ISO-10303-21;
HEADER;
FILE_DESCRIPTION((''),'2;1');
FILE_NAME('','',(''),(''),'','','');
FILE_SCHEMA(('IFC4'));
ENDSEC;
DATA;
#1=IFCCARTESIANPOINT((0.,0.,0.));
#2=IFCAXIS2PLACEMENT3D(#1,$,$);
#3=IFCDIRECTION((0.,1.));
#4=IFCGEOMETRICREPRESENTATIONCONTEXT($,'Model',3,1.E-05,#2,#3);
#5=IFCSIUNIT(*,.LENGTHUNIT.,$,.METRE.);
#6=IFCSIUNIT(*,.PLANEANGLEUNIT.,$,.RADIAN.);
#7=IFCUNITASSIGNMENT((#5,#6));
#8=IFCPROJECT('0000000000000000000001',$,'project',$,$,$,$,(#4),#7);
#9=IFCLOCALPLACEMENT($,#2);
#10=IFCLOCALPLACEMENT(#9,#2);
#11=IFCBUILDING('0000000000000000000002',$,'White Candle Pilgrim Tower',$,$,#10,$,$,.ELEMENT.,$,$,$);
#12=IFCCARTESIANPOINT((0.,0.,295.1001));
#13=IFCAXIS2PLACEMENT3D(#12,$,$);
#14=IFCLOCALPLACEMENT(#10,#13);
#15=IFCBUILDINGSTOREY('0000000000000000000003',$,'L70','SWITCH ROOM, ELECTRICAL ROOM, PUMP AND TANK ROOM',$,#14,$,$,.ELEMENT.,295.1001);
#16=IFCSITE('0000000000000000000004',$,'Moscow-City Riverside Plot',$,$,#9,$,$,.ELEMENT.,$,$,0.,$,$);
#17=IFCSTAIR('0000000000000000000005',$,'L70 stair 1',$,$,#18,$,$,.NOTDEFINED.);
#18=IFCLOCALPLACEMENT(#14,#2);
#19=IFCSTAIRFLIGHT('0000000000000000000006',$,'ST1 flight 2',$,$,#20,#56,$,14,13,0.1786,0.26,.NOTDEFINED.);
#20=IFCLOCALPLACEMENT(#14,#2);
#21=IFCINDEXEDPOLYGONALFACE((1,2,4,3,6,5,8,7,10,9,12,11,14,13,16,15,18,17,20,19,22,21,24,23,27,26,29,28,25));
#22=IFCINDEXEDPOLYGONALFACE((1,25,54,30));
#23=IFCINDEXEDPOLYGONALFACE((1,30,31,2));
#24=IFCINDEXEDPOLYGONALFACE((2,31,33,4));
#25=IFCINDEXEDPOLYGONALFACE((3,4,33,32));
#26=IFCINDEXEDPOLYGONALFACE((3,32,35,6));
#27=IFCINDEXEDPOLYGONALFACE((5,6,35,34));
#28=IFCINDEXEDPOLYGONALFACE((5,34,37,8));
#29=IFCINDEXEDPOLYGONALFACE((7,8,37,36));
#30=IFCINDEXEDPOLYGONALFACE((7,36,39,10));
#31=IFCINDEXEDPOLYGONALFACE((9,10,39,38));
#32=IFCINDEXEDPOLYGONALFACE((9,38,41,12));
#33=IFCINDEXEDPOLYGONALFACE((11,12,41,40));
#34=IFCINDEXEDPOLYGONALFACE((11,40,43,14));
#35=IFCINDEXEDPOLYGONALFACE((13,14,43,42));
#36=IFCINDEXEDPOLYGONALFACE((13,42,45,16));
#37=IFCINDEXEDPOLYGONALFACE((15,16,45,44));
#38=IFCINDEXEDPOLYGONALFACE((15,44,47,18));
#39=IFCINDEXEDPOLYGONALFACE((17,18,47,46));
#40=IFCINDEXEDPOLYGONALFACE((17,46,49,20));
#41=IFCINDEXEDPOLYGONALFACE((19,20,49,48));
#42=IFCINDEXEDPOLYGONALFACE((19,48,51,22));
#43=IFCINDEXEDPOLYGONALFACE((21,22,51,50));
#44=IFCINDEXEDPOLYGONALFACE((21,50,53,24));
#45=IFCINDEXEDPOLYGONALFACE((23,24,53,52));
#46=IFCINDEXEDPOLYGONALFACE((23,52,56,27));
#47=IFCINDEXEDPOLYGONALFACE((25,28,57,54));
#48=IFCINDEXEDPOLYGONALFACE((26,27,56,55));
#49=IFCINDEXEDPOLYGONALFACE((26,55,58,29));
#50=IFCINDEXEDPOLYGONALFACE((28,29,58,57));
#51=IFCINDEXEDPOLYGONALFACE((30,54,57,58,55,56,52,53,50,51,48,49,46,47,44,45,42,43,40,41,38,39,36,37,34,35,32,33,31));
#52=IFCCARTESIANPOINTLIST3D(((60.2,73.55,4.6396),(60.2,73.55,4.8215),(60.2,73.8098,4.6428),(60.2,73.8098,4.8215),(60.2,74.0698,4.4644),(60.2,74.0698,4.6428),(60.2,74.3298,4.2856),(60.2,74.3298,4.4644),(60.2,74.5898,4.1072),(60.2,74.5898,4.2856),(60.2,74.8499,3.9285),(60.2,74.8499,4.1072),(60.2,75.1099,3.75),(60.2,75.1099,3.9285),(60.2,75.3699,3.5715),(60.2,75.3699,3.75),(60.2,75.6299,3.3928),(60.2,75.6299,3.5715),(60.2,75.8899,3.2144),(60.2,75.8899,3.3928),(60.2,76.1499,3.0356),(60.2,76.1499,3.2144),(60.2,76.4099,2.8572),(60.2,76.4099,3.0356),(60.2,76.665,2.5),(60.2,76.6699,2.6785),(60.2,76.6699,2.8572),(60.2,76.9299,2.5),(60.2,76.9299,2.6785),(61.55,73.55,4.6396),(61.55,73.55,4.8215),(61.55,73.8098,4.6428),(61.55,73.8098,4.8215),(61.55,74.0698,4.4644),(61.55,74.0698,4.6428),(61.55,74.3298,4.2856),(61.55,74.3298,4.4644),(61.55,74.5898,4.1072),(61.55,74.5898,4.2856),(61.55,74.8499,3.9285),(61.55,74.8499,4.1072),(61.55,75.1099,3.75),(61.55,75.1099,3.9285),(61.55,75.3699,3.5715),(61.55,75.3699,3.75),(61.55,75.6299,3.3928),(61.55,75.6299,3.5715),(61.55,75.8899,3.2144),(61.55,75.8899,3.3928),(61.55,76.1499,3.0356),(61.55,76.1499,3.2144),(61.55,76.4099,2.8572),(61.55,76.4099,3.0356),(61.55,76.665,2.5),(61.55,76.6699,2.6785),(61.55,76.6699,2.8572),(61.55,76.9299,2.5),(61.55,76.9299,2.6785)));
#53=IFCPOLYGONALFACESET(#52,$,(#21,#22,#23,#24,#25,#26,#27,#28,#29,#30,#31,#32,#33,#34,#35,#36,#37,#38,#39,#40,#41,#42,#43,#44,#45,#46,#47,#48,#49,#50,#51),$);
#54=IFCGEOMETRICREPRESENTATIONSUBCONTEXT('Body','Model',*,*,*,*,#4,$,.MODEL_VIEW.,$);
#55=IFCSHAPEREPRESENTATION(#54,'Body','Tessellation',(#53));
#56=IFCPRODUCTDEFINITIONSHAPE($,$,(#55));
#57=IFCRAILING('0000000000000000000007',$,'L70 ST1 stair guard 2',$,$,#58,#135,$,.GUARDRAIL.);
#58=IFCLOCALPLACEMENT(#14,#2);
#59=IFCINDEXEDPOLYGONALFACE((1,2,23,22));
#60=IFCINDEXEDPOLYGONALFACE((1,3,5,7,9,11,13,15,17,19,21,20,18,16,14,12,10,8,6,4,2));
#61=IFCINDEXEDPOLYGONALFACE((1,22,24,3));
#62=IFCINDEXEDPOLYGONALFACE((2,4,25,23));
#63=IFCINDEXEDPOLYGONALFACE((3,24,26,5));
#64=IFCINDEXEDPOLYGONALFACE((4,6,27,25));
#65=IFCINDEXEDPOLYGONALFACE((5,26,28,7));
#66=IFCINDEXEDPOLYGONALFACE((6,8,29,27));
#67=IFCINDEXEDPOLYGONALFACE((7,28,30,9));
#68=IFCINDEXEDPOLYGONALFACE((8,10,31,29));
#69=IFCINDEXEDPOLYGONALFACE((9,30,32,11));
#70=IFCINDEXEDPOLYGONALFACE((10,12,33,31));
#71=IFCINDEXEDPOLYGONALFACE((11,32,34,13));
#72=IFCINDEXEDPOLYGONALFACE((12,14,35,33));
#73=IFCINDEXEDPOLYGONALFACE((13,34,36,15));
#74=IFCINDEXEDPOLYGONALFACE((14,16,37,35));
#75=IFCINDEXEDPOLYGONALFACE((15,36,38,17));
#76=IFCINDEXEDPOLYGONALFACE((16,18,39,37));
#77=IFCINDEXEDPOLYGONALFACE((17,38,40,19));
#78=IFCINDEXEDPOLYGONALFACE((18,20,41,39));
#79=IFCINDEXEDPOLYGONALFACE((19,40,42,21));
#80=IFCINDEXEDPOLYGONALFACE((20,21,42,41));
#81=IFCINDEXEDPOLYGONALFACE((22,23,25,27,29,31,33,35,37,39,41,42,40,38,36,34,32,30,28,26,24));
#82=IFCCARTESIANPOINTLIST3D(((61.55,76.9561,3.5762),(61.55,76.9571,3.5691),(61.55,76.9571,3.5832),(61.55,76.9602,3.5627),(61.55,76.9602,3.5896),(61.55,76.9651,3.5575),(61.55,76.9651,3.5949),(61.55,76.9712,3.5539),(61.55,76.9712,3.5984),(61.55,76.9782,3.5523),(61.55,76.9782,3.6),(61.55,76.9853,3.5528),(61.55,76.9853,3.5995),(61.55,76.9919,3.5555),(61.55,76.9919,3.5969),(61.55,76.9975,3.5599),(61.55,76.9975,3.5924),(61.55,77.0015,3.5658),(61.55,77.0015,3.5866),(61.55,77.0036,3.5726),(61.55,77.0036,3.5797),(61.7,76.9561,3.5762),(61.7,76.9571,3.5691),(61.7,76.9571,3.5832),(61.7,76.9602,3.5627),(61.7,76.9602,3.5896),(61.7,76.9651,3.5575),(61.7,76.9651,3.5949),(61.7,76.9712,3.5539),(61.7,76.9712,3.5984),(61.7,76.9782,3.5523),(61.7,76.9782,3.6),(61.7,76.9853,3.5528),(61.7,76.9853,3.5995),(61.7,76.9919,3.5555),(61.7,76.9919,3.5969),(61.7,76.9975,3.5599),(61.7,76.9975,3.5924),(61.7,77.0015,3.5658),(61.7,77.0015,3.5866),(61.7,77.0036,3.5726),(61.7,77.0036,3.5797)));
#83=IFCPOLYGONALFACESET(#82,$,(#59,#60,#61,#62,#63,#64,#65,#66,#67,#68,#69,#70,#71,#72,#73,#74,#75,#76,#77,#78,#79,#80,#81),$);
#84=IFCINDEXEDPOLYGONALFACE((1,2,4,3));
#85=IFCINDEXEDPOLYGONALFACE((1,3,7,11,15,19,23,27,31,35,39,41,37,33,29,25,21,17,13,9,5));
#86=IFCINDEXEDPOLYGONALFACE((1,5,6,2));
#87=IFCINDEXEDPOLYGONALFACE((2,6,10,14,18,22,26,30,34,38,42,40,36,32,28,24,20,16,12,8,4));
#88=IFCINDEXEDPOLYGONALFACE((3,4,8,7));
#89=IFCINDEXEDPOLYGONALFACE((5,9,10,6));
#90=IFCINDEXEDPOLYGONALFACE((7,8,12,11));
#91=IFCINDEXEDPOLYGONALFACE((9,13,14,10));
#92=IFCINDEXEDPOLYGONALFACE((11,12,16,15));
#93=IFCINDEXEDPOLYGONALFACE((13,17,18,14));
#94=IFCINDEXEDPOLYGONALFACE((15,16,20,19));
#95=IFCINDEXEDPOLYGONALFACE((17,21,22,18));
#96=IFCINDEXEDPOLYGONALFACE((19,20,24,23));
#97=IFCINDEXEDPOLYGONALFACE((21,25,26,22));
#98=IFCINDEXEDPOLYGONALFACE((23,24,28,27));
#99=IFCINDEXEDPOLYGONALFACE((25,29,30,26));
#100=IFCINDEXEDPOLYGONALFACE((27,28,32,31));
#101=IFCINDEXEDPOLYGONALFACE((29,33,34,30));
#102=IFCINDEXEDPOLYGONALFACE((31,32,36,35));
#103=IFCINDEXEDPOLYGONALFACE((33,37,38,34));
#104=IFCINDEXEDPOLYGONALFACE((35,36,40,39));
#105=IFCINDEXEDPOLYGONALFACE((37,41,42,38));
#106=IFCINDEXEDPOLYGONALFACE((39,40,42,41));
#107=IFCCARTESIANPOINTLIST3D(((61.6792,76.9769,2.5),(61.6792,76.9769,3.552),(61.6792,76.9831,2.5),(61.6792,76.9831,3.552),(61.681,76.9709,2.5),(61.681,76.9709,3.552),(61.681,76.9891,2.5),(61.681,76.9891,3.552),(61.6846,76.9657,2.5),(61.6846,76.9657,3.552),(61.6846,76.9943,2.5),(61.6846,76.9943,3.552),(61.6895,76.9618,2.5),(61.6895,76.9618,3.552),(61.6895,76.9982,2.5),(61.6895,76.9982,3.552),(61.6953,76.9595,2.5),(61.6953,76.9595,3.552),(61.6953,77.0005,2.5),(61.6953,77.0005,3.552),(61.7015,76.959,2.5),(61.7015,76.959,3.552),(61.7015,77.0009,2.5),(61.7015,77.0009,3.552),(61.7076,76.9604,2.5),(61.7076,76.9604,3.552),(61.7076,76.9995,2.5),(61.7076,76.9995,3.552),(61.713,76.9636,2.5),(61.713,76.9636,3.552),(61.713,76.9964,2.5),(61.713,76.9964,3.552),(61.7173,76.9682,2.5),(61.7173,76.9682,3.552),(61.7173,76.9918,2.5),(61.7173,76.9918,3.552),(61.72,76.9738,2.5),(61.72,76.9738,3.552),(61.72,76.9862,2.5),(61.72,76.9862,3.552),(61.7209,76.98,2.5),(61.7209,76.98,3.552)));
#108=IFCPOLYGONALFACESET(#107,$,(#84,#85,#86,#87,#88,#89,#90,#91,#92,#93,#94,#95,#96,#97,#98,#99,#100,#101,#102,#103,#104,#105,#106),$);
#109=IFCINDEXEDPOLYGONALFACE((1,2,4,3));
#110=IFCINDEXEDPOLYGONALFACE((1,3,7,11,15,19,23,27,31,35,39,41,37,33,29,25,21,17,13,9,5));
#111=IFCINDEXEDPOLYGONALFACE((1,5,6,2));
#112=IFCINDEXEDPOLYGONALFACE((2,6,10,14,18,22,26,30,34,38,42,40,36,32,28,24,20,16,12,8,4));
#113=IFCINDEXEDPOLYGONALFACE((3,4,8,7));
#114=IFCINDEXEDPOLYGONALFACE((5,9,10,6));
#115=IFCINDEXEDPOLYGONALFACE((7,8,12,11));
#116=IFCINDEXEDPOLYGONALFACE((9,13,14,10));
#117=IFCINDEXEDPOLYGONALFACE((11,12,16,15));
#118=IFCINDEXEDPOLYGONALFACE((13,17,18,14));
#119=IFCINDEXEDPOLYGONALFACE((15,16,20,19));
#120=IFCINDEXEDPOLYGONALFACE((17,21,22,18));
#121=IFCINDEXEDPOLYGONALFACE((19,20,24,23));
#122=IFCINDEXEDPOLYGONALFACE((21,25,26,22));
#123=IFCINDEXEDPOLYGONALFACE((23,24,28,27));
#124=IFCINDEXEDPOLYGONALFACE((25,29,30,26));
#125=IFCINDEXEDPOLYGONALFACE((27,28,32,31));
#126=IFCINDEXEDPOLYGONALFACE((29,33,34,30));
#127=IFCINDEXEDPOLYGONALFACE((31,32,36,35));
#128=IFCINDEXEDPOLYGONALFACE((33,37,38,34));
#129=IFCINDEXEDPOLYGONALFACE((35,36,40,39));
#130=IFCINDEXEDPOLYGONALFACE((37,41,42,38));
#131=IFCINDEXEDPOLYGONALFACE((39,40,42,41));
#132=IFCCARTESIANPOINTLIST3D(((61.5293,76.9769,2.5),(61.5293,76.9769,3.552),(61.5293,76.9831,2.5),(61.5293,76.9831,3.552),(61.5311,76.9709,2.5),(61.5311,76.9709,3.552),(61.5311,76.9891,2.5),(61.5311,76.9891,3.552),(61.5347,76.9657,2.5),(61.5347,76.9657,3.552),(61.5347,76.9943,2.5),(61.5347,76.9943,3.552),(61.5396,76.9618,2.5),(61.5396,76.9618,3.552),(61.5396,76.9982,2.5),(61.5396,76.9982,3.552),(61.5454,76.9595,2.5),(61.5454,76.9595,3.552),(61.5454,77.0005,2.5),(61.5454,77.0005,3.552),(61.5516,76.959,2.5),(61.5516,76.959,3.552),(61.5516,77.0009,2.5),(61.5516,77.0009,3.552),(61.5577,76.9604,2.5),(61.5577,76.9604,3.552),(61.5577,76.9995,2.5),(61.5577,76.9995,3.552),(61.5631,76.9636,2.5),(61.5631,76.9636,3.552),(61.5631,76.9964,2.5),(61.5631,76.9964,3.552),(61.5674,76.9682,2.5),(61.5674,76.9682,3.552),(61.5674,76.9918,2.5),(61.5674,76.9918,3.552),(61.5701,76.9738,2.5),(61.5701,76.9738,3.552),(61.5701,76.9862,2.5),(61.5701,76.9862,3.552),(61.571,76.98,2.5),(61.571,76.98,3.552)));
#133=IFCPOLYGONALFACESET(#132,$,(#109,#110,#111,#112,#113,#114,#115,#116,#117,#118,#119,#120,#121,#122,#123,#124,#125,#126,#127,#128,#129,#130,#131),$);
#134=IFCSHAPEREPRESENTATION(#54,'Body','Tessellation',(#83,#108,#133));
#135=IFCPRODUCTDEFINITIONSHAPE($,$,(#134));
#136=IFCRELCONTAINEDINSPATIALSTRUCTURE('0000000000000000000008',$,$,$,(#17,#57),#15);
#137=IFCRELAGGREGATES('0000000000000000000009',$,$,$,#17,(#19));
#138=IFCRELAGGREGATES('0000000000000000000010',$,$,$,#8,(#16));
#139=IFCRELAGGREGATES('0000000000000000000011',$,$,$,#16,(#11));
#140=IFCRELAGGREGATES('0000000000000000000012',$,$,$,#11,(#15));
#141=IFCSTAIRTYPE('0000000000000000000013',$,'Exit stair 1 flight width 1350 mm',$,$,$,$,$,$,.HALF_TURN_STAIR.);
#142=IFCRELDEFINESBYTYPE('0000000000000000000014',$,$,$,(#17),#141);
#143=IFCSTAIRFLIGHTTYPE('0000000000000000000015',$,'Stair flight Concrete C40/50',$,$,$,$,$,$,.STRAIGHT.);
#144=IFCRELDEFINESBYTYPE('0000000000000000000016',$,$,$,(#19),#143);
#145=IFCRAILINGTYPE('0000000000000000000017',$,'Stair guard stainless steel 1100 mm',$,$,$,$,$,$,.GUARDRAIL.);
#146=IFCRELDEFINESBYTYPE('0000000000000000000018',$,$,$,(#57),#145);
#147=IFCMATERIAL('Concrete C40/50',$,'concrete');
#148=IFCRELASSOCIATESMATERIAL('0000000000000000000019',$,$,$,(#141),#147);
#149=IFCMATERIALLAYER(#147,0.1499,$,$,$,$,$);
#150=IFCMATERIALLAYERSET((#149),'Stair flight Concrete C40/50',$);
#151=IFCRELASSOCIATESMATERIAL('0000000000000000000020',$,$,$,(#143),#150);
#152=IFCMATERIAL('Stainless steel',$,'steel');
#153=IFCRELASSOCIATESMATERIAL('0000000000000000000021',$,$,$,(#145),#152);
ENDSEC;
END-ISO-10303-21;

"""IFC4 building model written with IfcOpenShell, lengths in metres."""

from ifc_helpers import new_model, si_unit, direction, frame, origin, origin_2d, place, context, subcontext, project, spatial, polyline, circle, outline, extrude, material, layer, layer_set, type_object, element, aggregate, save


model = new_model("IFC4")

# Units and contexts
model_context = context("Model", 3, precision=1e-05, world=origin(), true_north=direction((0.0, 1.0)))
body_context = subcontext(model_context, "Body", "Model", "MODEL_VIEW")
ifc_project = project(units=[si_unit("LENGTHUNIT", "METRE"), si_unit("PLANEANGLEUNIT", "RADIAN")], contexts=[model_context])

# Site, building, storey
site_placement = place(None, origin())
site = spatial("IfcSite", under=ifc_project, at=site_placement, Name="Moscow-City Riverside Plot", CompositionType="ELEMENT", RefElevation=0.0)
building_placement = place(site_placement, origin())
building = spatial("IfcBuilding", under=site, at=building_placement, Name="White Candle Pilgrim Tower", CompositionType="ELEMENT")
storey_placement = place(building_placement, frame((0.0, 0.0, 295.1001)))
storey = spatial("IfcBuildingStorey", under=building, at=storey_placement, Name="L70", Description="SWITCH ROOM, ELECTRICAL ROOM, PUMP AND TANK ROOM", CompositionType="ELEMENT", Elevation=295.1001)

# Shared definitions
ifc_material_1 = material(Name="Stainless steel", Category="steel")

# Stair, stair flight
ifc_material_2 = material(Name="Concrete C40/50", Category="concrete")
stair_type = type_object("IfcStairType", Name="Exit stair 1 flight width 1350 mm", PredefinedType="HALF_TURN_STAIR", material=ifc_material_2)
stair_placement = place(storey_placement, origin())
stair = element("IfcStair", 1, at=stair_placement, inside=storey, type_object=stair_type, Name="L70 stair 1", PredefinedType="NOTDEFINED")
ifc_layer_1 = layer(ifc_material_2, 0.1499)
ifc_layer_set_1 = layer_set([ifc_layer_1], Name="Stair flight Concrete C40/50")
stair_flight_type = type_object("IfcStairFlightType", Name="Stair flight Concrete C40/50", PredefinedType="STRAIGHT", material=ifc_layer_set_1)
stair_flight_placement = place(storey_placement, frame((60.875, 76.9299, 2.5), z_axis=(0.0, 0.0, 1.0), x_axis=(0.0, -1.0, 0.0)))
stair_flight = element("IfcStairFlight", 2, at=stair_flight_placement, type_object=stair_flight_type, Name="ST1 flight 2", NumberOfRisers=14, NumberOfTreads=13, PredefinedType="NOTDEFINED", RiserHeight=0.1786, TreadLength=0.26, context=body_context, shape_type="SweptSolid", body=[
    extrude(outline(polyline([(0.0, 0.0), (0.0, 0.1785), (0.26, 0.1785), (0.26, 0.3572), (0.52, 0.3572), (0.52, 0.5356), (0.78, 0.5356), (0.78, 0.7144), (1.04, 0.7144), (1.04, 0.8928), (1.3, 0.8928), (1.3, 1.0715), (1.5601, 1.0715), (1.5601, 1.25), (1.8201, 1.25), (1.8201, 1.4285), (2.0801, 1.4285), (2.0801, 1.6072), (2.3401, 1.6072), (2.3401, 1.7856), (2.6001, 1.7856), (2.6001, 1.9644), (2.8601, 1.9644), (2.8601, 2.1428), (3.1201, 2.1428), (3.1201, 2.3215), (3.3799, 2.3215), (3.3799, 2.5), (3.3799, 2.1396), (0.2649, 0.0), (0.0, 0.0)])), frame((0.0, 0.675, 0.0), z_axis=(0.0, -1.0, 0.0), x_axis=(1.0, 0.0, 0.0)), (0.0, 0.0, 1.0), 1.3501),
])
aggregate(stair, [stair_flight])

# Railing
railing_type_1 = type_object("IfcRailingType", Name="Stair guard stainless steel 1100 mm", PredefinedType="GUARDRAIL", material=ifc_material_1)
railing_1_placement = place(storey_placement, frame((61.7, 76.98, 2.5)))
element("IfcRailing", 3, at=railing_1_placement, inside=storey, type_object=railing_type_1, Name="L70 ST1 stair guard 2", PredefinedType="GUARDRAIL", context=body_context, shape_type="SweptSolid", body=[
    extrude(circle(Radius=0.0239, at=origin_2d()), frame((0.0, 0.0, 1.0762), z_axis=(-1.0, 0.0, 0.0), x_axis=(0.0, -1.0, 0.0)), (0.0, 0.0, 1.0), 0.1499),
    extrude(circle(Radius=0.021, at=origin_2d()), origin(), (0.0, 0.0, 1.0), 1.052),
    extrude(circle(Radius=0.021, at=origin_2d()), frame((-0.1499, 0.0, 0.0)), (0.0, 0.0, 1.0), 1.052),
])

save(model, "model.ifc")
